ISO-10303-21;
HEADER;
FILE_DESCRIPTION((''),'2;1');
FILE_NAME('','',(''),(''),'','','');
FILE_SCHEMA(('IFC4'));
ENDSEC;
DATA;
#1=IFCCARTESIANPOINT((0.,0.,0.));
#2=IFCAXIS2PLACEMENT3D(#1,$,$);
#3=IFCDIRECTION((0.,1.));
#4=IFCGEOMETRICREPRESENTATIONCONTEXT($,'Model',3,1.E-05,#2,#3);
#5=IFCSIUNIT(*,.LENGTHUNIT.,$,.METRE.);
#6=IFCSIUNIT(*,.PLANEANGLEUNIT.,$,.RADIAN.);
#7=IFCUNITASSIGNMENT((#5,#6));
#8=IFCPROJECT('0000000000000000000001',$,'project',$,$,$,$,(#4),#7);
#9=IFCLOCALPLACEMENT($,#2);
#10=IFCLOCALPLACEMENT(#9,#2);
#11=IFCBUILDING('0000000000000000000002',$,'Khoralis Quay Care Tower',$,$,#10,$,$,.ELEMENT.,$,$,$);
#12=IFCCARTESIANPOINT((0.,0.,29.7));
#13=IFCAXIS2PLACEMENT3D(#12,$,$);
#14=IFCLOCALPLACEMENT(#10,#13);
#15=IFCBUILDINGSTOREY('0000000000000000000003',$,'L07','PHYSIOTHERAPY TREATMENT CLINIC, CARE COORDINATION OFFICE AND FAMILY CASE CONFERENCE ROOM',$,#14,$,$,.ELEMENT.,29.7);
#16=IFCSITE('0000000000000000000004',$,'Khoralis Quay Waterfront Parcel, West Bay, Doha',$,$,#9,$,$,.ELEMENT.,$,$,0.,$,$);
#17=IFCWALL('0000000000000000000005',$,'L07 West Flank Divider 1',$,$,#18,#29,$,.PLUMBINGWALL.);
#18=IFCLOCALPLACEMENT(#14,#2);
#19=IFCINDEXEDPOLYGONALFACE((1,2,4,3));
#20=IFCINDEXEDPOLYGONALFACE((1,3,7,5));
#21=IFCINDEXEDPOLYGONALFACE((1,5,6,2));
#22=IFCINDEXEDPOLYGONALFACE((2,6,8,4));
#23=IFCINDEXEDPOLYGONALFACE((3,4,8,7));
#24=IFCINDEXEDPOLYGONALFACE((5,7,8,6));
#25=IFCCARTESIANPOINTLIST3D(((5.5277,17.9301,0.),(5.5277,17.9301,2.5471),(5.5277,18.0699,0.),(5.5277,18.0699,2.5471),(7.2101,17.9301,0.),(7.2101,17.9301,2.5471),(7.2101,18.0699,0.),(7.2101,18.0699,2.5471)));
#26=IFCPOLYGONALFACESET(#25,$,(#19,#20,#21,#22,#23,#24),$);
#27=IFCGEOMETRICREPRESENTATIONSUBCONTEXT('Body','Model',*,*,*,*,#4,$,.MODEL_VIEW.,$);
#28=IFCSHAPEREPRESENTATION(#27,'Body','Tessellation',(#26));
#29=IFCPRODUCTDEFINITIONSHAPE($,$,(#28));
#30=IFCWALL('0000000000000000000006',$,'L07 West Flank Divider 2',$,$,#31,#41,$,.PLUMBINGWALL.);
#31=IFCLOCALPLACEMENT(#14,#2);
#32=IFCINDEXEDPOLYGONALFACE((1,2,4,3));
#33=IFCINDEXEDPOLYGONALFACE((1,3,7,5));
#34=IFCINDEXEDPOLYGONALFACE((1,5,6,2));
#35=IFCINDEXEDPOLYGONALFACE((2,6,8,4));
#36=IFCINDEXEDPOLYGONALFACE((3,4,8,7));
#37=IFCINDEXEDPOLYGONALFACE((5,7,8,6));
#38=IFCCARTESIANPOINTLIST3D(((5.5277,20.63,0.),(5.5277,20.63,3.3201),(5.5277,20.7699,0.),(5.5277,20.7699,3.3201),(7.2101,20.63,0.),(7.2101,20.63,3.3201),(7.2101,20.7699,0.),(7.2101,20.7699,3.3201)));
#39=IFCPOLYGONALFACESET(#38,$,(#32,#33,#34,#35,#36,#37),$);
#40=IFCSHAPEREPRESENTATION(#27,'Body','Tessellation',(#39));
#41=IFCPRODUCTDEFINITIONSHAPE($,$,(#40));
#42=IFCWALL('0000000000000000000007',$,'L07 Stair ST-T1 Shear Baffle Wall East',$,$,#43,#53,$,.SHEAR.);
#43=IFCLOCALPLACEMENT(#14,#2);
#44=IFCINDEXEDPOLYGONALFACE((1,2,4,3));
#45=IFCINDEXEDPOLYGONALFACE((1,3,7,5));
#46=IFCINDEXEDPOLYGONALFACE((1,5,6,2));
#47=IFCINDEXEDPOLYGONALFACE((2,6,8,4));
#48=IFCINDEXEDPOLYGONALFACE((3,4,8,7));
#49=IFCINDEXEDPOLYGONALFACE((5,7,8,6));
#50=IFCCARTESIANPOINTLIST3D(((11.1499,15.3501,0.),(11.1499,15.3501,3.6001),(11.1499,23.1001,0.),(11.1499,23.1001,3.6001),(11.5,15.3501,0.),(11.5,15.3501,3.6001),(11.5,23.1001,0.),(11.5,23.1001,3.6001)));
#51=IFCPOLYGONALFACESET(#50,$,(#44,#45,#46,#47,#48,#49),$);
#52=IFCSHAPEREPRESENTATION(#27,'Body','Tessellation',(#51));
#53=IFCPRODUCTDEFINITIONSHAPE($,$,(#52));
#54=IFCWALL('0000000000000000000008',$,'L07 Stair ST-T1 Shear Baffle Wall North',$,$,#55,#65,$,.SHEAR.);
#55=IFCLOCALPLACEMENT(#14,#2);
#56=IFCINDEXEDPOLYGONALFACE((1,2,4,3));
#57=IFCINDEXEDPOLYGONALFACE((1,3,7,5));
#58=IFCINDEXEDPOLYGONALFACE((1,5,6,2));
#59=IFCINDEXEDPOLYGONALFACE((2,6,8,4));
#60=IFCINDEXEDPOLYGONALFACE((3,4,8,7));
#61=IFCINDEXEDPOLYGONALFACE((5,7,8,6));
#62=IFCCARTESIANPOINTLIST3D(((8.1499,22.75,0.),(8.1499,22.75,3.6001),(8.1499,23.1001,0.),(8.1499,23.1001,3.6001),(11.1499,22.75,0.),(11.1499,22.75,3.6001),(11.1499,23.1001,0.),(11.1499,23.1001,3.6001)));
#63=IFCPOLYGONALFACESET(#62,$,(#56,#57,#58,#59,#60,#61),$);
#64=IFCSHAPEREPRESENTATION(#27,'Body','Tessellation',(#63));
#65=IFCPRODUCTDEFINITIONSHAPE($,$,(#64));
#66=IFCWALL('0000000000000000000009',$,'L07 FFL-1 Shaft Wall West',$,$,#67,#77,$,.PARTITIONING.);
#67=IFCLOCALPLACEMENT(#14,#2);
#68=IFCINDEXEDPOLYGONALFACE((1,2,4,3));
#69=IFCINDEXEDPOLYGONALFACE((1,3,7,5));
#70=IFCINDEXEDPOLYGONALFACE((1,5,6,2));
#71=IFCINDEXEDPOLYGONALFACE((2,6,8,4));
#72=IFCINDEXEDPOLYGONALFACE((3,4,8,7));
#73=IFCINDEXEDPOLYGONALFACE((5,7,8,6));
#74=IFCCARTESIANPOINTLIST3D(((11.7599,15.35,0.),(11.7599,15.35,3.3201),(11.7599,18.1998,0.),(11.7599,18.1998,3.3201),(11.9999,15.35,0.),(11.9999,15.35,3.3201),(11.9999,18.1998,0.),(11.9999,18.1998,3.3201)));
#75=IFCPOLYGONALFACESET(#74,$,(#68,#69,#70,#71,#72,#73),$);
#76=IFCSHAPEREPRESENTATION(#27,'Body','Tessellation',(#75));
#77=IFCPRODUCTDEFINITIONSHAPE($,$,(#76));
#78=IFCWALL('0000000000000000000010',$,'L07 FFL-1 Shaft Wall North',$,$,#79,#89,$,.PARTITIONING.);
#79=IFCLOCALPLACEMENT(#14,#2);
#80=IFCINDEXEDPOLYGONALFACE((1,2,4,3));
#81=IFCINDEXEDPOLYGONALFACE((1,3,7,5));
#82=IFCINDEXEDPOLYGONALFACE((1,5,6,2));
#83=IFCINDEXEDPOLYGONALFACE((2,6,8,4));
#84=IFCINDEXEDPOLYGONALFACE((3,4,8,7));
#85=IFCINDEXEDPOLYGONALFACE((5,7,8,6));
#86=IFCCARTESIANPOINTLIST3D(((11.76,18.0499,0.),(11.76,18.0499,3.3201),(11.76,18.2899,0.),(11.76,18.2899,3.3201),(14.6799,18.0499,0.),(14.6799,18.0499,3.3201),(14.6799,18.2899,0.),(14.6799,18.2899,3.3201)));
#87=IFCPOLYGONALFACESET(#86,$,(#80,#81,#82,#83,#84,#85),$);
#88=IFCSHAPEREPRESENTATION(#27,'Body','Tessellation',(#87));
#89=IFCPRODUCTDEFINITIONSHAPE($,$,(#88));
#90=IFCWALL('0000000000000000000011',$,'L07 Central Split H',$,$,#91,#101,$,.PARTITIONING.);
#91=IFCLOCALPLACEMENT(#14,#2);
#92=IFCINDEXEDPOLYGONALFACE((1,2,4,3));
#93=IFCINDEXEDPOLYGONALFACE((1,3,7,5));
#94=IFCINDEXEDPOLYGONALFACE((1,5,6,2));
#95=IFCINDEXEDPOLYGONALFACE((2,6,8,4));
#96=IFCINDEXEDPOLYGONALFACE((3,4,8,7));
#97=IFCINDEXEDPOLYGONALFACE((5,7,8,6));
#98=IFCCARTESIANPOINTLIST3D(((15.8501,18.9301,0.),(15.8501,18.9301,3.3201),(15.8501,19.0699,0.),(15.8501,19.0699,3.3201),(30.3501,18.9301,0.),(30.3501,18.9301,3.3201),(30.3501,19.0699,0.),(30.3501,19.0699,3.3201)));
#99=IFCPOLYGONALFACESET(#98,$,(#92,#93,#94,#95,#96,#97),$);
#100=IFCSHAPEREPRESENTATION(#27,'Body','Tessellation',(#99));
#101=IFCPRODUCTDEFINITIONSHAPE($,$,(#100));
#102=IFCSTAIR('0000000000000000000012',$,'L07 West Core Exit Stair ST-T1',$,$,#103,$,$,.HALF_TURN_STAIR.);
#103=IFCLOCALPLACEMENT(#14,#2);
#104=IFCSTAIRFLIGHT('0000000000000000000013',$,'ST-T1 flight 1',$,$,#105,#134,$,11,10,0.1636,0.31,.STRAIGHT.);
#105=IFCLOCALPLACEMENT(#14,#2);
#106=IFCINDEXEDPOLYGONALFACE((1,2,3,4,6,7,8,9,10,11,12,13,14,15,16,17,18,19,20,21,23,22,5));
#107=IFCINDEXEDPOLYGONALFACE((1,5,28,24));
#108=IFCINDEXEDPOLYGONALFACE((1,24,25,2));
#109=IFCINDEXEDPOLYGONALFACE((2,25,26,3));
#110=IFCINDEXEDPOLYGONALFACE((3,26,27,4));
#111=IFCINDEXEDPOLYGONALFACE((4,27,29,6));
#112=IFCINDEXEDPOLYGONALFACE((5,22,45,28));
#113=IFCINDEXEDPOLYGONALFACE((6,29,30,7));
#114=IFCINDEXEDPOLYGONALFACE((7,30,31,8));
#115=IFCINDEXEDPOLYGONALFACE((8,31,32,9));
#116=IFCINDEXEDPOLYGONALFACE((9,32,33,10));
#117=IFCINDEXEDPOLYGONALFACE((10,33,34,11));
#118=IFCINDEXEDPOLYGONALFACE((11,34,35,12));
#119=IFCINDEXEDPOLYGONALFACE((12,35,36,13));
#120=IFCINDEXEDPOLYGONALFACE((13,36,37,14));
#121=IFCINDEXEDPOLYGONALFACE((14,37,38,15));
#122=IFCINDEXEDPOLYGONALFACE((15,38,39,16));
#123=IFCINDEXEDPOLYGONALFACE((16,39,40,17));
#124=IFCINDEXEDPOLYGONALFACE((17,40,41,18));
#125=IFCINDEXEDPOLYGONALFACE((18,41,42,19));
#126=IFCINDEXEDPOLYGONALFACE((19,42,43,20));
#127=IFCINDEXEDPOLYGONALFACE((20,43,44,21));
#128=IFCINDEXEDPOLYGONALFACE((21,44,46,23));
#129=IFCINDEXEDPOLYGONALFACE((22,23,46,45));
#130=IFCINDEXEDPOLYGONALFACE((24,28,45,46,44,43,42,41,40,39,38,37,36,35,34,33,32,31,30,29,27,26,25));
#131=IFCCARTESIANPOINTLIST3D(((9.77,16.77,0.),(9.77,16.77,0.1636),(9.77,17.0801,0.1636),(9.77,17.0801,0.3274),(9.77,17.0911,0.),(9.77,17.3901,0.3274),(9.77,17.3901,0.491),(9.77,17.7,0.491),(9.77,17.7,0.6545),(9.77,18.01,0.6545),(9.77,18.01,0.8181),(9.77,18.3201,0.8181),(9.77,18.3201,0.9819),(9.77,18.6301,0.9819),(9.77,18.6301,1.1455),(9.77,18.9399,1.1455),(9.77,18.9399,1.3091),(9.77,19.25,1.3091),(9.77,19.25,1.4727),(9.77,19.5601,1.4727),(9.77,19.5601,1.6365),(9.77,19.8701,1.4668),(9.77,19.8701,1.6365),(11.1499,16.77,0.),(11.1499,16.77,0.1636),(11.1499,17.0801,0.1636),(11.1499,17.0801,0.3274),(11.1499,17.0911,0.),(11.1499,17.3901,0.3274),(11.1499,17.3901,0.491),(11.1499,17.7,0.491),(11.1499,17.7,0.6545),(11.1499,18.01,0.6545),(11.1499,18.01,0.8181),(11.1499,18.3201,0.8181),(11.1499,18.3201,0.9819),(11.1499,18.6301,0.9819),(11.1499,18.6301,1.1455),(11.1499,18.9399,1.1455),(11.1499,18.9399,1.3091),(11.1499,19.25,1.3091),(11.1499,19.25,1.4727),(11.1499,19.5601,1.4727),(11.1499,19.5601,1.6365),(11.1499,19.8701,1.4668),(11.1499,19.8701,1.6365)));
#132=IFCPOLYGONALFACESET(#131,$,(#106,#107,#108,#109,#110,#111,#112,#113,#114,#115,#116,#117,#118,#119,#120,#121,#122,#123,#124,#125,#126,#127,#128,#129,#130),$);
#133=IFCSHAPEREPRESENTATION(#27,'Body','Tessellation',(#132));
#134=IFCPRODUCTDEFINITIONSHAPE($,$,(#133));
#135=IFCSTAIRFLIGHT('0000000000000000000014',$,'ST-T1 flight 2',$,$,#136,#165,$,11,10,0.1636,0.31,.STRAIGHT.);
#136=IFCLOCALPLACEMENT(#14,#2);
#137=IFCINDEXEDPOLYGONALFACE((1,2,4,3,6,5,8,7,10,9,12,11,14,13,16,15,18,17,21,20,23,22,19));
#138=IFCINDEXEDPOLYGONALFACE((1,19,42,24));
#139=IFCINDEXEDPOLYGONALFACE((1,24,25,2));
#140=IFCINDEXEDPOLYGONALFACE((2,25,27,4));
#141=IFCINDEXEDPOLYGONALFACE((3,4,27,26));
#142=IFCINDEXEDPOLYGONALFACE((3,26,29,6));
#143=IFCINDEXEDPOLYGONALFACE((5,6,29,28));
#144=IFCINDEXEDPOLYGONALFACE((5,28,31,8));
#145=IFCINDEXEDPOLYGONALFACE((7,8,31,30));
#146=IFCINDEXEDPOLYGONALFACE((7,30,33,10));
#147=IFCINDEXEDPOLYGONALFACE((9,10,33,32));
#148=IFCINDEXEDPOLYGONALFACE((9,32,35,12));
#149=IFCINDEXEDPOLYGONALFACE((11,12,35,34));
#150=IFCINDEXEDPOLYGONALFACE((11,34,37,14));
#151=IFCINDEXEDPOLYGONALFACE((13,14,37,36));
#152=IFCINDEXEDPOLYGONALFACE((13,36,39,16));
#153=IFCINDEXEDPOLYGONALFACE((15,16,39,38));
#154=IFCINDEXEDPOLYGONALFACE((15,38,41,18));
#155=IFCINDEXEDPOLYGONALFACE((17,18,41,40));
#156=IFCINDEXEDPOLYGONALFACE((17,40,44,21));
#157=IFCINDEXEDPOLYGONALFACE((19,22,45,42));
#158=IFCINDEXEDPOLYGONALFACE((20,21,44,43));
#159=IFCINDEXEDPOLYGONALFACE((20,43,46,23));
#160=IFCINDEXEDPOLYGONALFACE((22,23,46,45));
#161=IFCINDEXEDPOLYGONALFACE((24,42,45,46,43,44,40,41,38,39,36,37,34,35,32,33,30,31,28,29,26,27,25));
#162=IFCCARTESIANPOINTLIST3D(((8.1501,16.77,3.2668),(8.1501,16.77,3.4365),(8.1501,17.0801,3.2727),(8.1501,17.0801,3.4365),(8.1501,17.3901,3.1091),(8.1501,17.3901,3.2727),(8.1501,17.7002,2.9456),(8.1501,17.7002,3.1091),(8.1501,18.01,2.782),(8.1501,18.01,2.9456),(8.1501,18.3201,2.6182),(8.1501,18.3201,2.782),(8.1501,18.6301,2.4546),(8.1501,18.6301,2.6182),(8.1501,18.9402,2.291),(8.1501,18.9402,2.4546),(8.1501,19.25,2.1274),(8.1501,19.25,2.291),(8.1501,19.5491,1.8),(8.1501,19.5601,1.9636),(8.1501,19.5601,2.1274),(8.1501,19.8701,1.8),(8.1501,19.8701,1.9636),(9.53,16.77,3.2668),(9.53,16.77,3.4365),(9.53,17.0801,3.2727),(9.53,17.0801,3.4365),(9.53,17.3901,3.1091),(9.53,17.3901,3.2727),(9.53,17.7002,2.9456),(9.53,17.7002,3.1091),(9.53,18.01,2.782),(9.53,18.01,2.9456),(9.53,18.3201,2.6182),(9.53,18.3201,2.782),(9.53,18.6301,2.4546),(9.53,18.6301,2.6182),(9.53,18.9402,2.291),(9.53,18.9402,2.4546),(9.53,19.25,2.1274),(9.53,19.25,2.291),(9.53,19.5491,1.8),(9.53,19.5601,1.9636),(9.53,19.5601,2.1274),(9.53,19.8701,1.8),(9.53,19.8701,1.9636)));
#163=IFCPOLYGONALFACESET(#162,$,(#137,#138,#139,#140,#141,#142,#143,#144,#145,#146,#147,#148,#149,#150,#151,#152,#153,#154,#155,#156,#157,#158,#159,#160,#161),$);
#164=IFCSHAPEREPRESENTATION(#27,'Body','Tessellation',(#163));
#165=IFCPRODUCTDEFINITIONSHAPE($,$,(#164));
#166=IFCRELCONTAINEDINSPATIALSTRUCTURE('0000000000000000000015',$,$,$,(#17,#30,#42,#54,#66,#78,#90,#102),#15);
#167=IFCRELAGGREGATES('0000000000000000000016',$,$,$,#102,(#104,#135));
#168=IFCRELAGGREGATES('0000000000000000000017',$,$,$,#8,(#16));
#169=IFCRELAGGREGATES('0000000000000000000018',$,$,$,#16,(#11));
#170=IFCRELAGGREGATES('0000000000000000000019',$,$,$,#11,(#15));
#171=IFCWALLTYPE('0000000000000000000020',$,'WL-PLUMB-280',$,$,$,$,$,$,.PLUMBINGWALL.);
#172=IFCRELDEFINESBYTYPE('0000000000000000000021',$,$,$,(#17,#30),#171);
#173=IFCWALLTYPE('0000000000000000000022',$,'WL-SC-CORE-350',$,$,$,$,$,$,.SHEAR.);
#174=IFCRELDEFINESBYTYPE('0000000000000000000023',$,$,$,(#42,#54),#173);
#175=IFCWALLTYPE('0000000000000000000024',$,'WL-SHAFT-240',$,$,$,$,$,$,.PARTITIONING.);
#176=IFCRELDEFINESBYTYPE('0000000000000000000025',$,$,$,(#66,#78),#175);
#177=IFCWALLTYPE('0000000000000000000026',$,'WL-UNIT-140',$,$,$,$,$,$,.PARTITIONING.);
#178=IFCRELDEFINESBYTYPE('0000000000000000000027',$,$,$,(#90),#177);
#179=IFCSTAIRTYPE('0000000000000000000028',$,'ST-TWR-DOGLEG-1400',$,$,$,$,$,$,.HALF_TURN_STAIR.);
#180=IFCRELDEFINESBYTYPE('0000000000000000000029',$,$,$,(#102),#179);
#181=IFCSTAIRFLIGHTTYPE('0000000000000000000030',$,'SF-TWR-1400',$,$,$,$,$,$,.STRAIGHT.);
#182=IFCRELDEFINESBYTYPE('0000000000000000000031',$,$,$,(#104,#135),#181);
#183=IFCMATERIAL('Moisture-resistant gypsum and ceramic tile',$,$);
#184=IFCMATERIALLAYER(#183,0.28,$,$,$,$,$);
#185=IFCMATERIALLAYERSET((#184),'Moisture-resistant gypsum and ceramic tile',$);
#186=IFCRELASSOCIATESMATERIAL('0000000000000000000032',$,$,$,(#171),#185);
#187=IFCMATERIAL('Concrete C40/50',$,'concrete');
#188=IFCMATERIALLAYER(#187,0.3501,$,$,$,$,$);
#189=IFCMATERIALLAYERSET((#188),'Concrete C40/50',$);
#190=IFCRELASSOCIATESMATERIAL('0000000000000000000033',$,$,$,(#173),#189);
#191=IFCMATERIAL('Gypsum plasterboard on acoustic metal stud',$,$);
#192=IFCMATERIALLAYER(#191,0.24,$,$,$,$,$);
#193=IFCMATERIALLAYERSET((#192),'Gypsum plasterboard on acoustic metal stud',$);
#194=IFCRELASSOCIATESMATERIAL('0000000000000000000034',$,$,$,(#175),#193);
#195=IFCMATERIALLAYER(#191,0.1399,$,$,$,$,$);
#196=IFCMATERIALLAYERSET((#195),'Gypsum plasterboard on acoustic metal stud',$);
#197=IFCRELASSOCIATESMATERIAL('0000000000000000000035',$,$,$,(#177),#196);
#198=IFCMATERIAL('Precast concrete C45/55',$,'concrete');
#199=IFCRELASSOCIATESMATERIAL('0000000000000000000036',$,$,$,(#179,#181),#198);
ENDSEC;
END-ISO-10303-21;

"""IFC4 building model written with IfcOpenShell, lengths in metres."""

from ifc_helpers import new_model, si_unit, direction, frame, frame_2d, origin, place, context, subcontext, project, spatial, polyline, rectangle, outline, extrude, source, transform, mapped, material, layer, layer_set, type_object, element, aggregate, save


model = new_model("IFC4")

# Units and contexts
model_context = context("Model", 3, precision=1e-05, world=origin(), true_north=direction((0.0, 1.0)))
body_context = subcontext(model_context, "Body", "Model", "MODEL_VIEW")
ifc_project = project(units=[si_unit("LENGTHUNIT", "METRE"), si_unit("PLANEANGLEUNIT", "RADIAN")], contexts=[model_context])

# Site, building, storey
site_placement = place(None, origin())
site = spatial("IfcSite", under=ifc_project, at=site_placement, Name="Khoralis Quay Waterfront Parcel, West Bay, Doha", CompositionType="ELEMENT", RefElevation=0.0)
building_placement = place(site_placement, origin())
building = spatial("IfcBuilding", under=site, at=building_placement, Name="Khoralis Quay Care Tower", CompositionType="ELEMENT")
storey_placement = place(building_placement, frame((0.0, 0.0, 29.7)))
storey = spatial("IfcBuildingStorey", under=building, at=storey_placement, Name="L07", Description="PHYSIOTHERAPY TREATMENT CLINIC, CARE COORDINATION OFFICE AND FAMILY CASE CONFERENCE ROOM", CompositionType="ELEMENT", Elevation=29.7)

# Shared definitions
ifc_material_1 = material(Name="Gypsum plasterboard on acoustic metal stud")

# Walls
ifc_material_2 = material(Name="Moisture-resistant gypsum and ceramic tile")
ifc_layer_1 = layer(ifc_material_2, 0.28)
ifc_layer_set_1 = layer_set([ifc_layer_1], Name="Moisture-resistant gypsum and ceramic tile")
wall_type_1 = type_object("IfcWallType", Name="WL-PLUMB-280", PredefinedType="PLUMBINGWALL", material=ifc_layer_set_1)
wall_1_placement = place(storey_placement, frame((5.5276, 18.0, 0.0), z_axis=(0.0, 0.0, 1.0), x_axis=(1.0, 0.0, 0.0)))
element("IfcWall", 1, at=wall_1_placement, inside=storey, type_object=wall_type_1, Name="L07 West Flank Divider 1", PredefinedType="PLUMBINGWALL", context=body_context, shape_type="SweptSolid", body=[
    extrude(rectangle(XDim=1.6824, YDim=0.1399, at=frame_2d((0.8413, 0.0))), origin(), (0.0, 0.0, 1.0), 2.5471),
])
wall_2_placement = place(storey_placement, frame((5.5276, 20.7, 0.0), z_axis=(0.0, 0.0, 1.0), x_axis=(1.0, 0.0, 0.0)))
element("IfcWall", 2, at=wall_2_placement, inside=storey, type_object=wall_type_1, Name="L07 West Flank Divider 2", PredefinedType="PLUMBINGWALL", context=body_context, shape_type="SweptSolid", body=[
    extrude(rectangle(XDim=1.6824, YDim=0.1399, at=frame_2d((0.8413, 0.0))), origin(), (0.0, 0.0, 1.0), 3.3201),
])
ifc_material_3 = material(Name="Concrete C40/50", Category="concrete")
ifc_layer_2 = layer(ifc_material_3, 0.3501)
ifc_layer_set_2 = layer_set([ifc_layer_2], Name="Concrete C40/50")
wall_type_2 = type_object("IfcWallType", Name="WL-SC-CORE-350", PredefinedType="SHEAR", material=ifc_layer_set_2)
wall_3_placement = place(storey_placement, frame((11.325, 15.3501, 0.0), z_axis=(0.0, 0.0, 1.0), x_axis=(0.0, 1.0, 0.0)))
element("IfcWall", 3, at=wall_3_placement, inside=storey, type_object=wall_type_2, Name="L07 Stair ST-T1 Shear Baffle Wall East", PredefinedType="SHEAR", context=body_context, shape_type="SweptSolid", body=[
    extrude(rectangle(XDim=7.75, YDim=0.3501, at=frame_2d((3.875, 0.0))), origin(), (0.0, 0.0, 1.0), 3.6001),
])
wall_4_placement = place(storey_placement, frame((8.1499, 22.925, 0.0), z_axis=(0.0, 0.0, 1.0), x_axis=(1.0, 0.0, 0.0)))
element("IfcWall", 4, at=wall_4_placement, inside=storey, type_object=wall_type_2, Name="L07 Stair ST-T1 Shear Baffle Wall North", PredefinedType="SHEAR", context=body_context, shape_type="SweptSolid", body=[
    extrude(rectangle(XDim=3.0, YDim=0.3501, at=frame_2d((1.5, 0.0))), origin(), (0.0, 0.0, 1.0), 3.6001),
])
ifc_layer_3 = layer(ifc_material_1, 0.24)
ifc_layer_set_3 = layer_set([ifc_layer_3], Name="Gypsum plasterboard on acoustic metal stud")
wall_type_3 = type_object("IfcWallType", Name="WL-SHAFT-240", PredefinedType="PARTITIONING", material=ifc_layer_set_3)
wall_5_placement = place(storey_placement, frame((11.8799, 15.3501, 0.0), z_axis=(0.0, 0.0, 1.0), x_axis=(0.0, 1.0, 0.0)))
element("IfcWall", 5, at=wall_5_placement, inside=storey, type_object=wall_type_3, Name="L07 FFL-1 Shaft Wall West", PredefinedType="PARTITIONING", context=body_context, shape_type="SweptSolid", body=[
    extrude(rectangle(XDim=2.8499, YDim=0.24, at=frame_2d((1.4248, 0.0))), origin(), (0.0, 0.0, 1.0), 3.3201),
])
wall_6_placement = place(storey_placement, frame((11.76, 18.1699, 0.0), z_axis=(0.0, 0.0, 1.0), x_axis=(1.0, 0.0, 0.0)))
element("IfcWall", 6, at=wall_6_placement, inside=storey, type_object=wall_type_3, Name="L07 FFL-1 Shaft Wall North", PredefinedType="PARTITIONING", context=body_context, shape_type="SweptSolid", body=[
    extrude(rectangle(XDim=2.9199, YDim=0.24, at=frame_2d((1.46, 0.0))), origin(), (0.0, 0.0, 1.0), 3.3201),
])
ifc_layer_4 = layer(ifc_material_1, 0.1399)
ifc_layer_set_4 = layer_set([ifc_layer_4], Name="Gypsum plasterboard on acoustic metal stud")
wall_type_4 = type_object("IfcWallType", Name="WL-UNIT-140", PredefinedType="PARTITIONING", material=ifc_layer_set_4)
wall_7_placement = place(storey_placement, frame((15.8501, 19.0, 0.0), z_axis=(0.0, 0.0, 1.0), x_axis=(1.0, 0.0, 0.0)))
element("IfcWall", 7, at=wall_7_placement, inside=storey, type_object=wall_type_4, Name="L07 Central Split H", PredefinedType="PARTITIONING", context=body_context, shape_type="SweptSolid", body=[
    extrude(rectangle(XDim=14.5, YDim=0.1399, at=frame_2d((7.25, 0.0))), origin(), (0.0, 0.0, 1.0), 3.3201),
])

# Stair, stair flights
ifc_material_4 = material(Name="Precast concrete C45/55", Category="concrete")
stair_type = type_object("IfcStairType", Name="ST-TWR-DOGLEG-1400", PredefinedType="HALF_TURN_STAIR", material=ifc_material_4)
stair_placement = place(storey_placement, origin())
stair = element("IfcStair", 8, at=stair_placement, inside=storey, type_object=stair_type, Name="L07 West Core Exit Stair ST-T1", PredefinedType="HALF_TURN_STAIR")
stair_flight_type = type_object("IfcStairFlightType", Name="SF-TWR-1400", PredefinedType="STRAIGHT", material=ifc_material_4)
shared_shape_1 = source(origin(), body_context, "Body", "SweptSolid", [
    extrude(outline(polyline([(0.0, 0.0), (0.0, 0.1636), (0.3101, 0.1636), (0.3101, 0.3274), (0.6201, 0.3274), (0.6201, 0.491), (0.9299, 0.491), (0.9299, 0.6545), (1.24, 0.6545), (1.24, 0.8181), (1.55, 0.8181), (1.55, 0.9819), (1.8601, 0.9819), (1.8601, 1.1455), (2.1699, 1.1455), (2.1699, 1.3091), (2.48, 1.3091), (2.48, 1.4727), (2.79, 1.4727), (2.79, 1.6365), (3.1001, 1.6365), (3.1001, 1.8), (3.1001, 1.4668), (0.321, 0.0), (0.0, 0.0)])), frame((0.0, 0.6899, 0.0), z_axis=(0.0, -1.0, 0.0), x_axis=(1.0, 0.0, 0.0)), (0.0, 0.0, 1.0), 1.3799),
])
stair_flight_1_placement = place(storey_placement, frame((10.46, 16.77, 0.0), z_axis=(0.0, 0.0, 1.0), x_axis=(0.0, 1.0, 0.0)))
stair_flight_1 = element("IfcStairFlight", 9, at=stair_flight_1_placement, type_object=stair_flight_type, Name="ST-T1 flight 1", NumberOfRisers=11, NumberOfTreads=10, PredefinedType="STRAIGHT", RiserHeight=0.1636, TreadLength=0.31, context=body_context, shape_type="MappedRepresentation", body=[
    mapped(shared_shape_1, transform((0.0, 0.0, 0.0), scale=1.0)),
])
stair_flight_2_placement = place(storey_placement, frame((8.8401, 19.8701, 1.8), z_axis=(0.0, 0.0, 1.0), x_axis=(0.0, -1.0, 0.0)))
stair_flight_2 = element("IfcStairFlight", 10, at=stair_flight_2_placement, type_object=stair_flight_type, Name="ST-T1 flight 2", NumberOfRisers=11, NumberOfTreads=10, PredefinedType="STRAIGHT", RiserHeight=0.1636, TreadLength=0.31, context=body_context, shape_type="MappedRepresentation", body=[
    mapped(shared_shape_1, transform((0.0, 0.0, 0.0), scale=1.0)),
])
aggregate(stair, [stair_flight_1, stair_flight_2])

save(model, "model.ifc")
